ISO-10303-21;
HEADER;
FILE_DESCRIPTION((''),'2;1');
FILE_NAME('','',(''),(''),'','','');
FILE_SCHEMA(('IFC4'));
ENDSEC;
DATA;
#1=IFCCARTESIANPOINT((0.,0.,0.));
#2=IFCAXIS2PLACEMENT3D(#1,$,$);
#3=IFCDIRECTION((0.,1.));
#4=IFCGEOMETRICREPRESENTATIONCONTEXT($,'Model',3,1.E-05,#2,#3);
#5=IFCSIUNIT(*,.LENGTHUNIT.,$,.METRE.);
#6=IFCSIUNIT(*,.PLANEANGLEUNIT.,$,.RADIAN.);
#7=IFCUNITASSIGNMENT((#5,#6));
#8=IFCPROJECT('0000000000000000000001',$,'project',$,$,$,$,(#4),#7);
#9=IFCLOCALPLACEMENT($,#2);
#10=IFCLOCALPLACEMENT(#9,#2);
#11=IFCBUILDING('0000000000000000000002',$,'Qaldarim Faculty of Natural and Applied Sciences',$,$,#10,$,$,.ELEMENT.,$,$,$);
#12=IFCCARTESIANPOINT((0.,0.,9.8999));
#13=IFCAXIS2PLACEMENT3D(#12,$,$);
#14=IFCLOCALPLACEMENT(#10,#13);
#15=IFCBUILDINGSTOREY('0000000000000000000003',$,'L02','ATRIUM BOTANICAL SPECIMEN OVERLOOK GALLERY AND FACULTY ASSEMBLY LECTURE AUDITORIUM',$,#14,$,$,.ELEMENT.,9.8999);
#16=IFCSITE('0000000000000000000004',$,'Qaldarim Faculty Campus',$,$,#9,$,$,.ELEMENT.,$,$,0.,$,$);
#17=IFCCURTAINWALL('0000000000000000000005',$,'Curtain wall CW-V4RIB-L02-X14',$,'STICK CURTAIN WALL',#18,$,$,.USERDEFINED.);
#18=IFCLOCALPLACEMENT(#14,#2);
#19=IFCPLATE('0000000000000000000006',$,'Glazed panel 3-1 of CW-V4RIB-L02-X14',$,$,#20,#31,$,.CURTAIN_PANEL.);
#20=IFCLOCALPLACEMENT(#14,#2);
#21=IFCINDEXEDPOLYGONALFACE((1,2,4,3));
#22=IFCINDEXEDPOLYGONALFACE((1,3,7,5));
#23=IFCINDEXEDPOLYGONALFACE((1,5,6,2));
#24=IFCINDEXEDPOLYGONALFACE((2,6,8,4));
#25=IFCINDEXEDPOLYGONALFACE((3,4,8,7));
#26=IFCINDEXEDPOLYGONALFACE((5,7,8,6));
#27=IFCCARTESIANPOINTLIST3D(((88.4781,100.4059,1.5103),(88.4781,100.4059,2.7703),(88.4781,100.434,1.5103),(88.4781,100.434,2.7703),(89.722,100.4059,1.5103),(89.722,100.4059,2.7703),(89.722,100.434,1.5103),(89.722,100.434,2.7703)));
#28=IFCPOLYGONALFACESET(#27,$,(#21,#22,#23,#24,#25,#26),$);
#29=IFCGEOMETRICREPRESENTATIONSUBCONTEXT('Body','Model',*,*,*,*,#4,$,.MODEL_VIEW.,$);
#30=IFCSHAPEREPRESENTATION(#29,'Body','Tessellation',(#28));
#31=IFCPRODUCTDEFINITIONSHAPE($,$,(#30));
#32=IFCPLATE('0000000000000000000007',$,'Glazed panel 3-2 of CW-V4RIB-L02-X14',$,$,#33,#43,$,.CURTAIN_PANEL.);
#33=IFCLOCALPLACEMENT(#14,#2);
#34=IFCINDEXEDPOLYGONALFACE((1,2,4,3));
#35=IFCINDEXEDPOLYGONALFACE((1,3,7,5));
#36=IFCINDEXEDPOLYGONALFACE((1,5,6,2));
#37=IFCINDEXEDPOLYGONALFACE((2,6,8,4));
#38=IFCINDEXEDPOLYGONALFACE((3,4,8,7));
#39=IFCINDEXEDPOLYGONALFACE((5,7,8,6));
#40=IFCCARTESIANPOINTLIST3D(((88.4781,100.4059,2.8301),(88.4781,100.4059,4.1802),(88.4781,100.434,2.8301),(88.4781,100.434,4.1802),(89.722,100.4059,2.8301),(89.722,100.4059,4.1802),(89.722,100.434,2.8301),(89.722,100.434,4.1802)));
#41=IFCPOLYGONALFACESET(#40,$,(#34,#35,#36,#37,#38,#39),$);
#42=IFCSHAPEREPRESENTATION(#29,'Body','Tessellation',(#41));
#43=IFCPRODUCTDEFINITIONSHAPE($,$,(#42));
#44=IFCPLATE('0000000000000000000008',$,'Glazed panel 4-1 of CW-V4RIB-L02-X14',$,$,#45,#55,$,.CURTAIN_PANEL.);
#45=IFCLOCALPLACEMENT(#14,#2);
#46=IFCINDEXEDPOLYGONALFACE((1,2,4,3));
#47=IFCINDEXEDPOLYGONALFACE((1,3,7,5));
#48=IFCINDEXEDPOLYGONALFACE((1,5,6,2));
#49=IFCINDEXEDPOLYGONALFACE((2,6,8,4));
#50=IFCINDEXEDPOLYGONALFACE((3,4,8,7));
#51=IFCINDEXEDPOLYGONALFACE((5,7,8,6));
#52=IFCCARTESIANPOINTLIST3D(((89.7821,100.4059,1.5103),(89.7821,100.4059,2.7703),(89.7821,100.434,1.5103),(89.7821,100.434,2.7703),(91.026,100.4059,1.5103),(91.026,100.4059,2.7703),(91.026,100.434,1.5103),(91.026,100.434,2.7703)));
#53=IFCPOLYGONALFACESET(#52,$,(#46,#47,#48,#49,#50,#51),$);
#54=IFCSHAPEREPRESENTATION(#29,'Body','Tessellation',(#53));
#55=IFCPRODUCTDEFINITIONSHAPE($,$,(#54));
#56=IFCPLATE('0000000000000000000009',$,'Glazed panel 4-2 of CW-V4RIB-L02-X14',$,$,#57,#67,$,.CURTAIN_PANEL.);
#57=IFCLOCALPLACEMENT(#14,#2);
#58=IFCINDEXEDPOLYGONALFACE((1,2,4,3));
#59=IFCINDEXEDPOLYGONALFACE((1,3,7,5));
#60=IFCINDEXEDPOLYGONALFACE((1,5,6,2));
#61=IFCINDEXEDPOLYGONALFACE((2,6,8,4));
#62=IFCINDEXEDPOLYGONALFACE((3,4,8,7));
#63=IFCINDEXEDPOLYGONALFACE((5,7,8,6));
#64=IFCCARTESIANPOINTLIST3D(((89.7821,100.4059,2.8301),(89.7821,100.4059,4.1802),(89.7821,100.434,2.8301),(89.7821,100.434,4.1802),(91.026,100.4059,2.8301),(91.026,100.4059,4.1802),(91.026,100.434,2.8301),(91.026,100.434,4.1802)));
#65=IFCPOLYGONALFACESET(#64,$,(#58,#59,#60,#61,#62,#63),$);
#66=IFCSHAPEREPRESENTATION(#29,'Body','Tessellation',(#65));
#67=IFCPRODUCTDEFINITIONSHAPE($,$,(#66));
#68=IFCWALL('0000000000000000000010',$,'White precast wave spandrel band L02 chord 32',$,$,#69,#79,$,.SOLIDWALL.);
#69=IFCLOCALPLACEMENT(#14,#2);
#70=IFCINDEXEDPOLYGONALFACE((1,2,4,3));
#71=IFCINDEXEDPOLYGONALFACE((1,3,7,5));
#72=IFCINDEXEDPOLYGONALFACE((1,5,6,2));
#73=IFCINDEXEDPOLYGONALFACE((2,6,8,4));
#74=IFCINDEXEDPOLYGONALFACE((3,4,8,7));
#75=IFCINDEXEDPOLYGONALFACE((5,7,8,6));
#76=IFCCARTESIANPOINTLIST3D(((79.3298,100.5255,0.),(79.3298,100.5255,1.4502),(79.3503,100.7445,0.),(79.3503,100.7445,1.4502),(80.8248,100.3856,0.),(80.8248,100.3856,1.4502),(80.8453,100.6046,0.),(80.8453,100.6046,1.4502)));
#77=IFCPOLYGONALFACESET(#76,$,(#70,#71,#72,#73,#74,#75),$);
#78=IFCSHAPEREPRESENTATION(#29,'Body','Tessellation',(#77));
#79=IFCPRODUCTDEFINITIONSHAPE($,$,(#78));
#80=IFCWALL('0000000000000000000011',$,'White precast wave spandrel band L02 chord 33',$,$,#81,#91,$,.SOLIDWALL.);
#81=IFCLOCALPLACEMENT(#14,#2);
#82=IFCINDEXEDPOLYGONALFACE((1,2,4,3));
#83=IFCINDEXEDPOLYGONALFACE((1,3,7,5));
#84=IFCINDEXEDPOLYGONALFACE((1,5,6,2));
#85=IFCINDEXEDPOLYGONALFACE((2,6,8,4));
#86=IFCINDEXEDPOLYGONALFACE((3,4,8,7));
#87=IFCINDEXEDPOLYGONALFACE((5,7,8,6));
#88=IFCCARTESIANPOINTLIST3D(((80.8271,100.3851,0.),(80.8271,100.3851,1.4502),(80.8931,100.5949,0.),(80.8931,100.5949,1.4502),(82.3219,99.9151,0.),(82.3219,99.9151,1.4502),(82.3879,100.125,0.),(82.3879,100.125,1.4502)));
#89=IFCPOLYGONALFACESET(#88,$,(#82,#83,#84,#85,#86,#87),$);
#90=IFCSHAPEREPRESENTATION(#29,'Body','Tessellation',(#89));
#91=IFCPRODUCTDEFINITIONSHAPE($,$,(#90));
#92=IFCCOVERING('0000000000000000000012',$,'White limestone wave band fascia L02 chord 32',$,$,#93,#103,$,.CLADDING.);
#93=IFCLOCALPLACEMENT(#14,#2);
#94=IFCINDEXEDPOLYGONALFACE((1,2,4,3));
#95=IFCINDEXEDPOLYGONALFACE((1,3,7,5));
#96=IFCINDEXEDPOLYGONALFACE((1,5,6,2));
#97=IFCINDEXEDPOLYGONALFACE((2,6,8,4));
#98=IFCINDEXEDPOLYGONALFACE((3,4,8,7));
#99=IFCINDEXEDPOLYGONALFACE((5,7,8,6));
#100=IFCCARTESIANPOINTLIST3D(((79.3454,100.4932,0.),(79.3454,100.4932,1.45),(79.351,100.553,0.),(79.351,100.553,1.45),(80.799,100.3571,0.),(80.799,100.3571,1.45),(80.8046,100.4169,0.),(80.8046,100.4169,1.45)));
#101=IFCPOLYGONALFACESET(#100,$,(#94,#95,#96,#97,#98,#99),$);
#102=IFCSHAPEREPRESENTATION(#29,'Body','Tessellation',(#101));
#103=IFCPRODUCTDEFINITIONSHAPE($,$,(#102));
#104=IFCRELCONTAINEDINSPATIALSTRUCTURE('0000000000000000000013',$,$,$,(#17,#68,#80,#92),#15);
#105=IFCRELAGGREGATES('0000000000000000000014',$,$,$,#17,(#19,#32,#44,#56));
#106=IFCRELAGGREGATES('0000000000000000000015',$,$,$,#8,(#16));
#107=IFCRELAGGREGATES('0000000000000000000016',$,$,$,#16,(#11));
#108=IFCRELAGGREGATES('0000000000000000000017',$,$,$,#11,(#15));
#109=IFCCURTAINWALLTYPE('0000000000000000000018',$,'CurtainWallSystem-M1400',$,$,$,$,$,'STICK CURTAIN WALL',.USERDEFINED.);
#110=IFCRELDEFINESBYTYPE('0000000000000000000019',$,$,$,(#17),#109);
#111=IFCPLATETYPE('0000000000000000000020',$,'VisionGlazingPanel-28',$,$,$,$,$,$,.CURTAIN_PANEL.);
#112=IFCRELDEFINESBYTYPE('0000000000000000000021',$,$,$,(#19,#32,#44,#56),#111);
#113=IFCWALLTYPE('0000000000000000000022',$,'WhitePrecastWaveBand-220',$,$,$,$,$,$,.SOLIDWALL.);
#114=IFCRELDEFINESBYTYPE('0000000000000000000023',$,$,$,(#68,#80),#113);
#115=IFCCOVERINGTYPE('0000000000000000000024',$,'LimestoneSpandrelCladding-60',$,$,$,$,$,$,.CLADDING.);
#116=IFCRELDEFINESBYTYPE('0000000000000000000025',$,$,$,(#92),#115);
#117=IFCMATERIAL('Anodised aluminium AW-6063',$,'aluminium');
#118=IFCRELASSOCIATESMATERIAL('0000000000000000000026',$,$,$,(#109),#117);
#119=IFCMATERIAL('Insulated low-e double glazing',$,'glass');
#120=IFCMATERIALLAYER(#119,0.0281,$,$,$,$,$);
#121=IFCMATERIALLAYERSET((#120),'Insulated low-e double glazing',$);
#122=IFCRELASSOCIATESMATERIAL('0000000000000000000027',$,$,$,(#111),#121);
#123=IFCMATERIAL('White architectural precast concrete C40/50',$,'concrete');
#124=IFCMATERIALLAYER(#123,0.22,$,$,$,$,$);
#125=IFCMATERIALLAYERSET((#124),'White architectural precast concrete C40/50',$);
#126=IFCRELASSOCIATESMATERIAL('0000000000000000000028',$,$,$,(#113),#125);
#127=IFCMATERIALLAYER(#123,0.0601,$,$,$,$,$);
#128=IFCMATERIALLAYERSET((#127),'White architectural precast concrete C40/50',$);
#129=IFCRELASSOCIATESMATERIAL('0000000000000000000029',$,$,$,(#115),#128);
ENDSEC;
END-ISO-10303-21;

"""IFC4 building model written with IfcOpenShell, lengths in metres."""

from ifc_helpers import new_model, si_unit, direction, frame, frame_2d, origin, origin_2d, place, context, subcontext, project, spatial, rectangle, extrude, material, layer, layer_set, type_object, element, aggregate, save


model = new_model("IFC4")

# Units and contexts
model_context = context("Model", 3, precision=1e-05, world=origin(), true_north=direction((0.0, 1.0)))
body_context = subcontext(model_context, "Body", "Model", "MODEL_VIEW")
ifc_project = project(units=[si_unit("LENGTHUNIT", "METRE"), si_unit("PLANEANGLEUNIT", "RADIAN")], contexts=[model_context])

# Site, building, storey
site_placement = place(None, origin())
site = spatial("IfcSite", under=ifc_project, at=site_placement, Name="Qaldarim Faculty Campus", CompositionType="ELEMENT", RefElevation=0.0)
building_placement = place(site_placement, origin())
building = spatial("IfcBuilding", under=site, at=building_placement, Name="Qaldarim Faculty of Natural and Applied Sciences", CompositionType="ELEMENT")
storey_placement = place(building_placement, frame((0.0, 0.0, 9.8999)))
storey = spatial("IfcBuildingStorey", under=building, at=storey_placement, Name="L02", Description="ATRIUM BOTANICAL SPECIMEN OVERLOOK GALLERY AND FACULTY ASSEMBLY LECTURE AUDITORIUM", CompositionType="ELEMENT", Elevation=9.8999)

# Curtain wall
ifc_material_1 = material(Name="Anodised aluminium AW-6063", Category="aluminium")
curtain_wall_type = type_object("IfcCurtainWallType", Name="CurtainWallSystem-M1400", ElementType="STICK CURTAIN WALL", PredefinedType="USERDEFINED", material=ifc_material_1)
curtain_wall_placement = place(storey_placement, origin())
curtain_wall = element("IfcCurtainWall", 1, at=curtain_wall_placement, inside=storey, type_object=curtain_wall_type, Name="Curtain wall CW-V4RIB-L02-X14", ObjectType="STICK CURTAIN WALL", PredefinedType="USERDEFINED")

# Plates
ifc_material_2 = material(Name="Insulated low-e double glazing", Category="glass")
ifc_layer_1 = layer(ifc_material_2, 0.0281)
ifc_layer_set_1 = layer_set([ifc_layer_1], Name="Insulated low-e double glazing")
plate_type = type_object("IfcPlateType", Name="VisionGlazingPanel-28", PredefinedType="CURTAIN_PANEL", material=ifc_layer_set_1)
plate_1_placement = place(storey_placement, frame((89.1001, 100.4199, 1.5103), z_axis=(0.0, 0.0, 1.0), x_axis=(1.0, 0.0, 0.0)))
plate_1 = element("IfcPlate", 2, at=plate_1_placement, type_object=plate_type, Name="Glazed panel 3-1 of CW-V4RIB-L02-X14", PredefinedType="CURTAIN_PANEL", context=body_context, shape_type="SweptSolid", body=[
    extrude(rectangle(XDim=1.2439, YDim=0.0281, at=origin_2d()), origin(), (0.0, 0.0, 1.0), 1.26),
])
plate_2_placement = place(storey_placement, frame((89.1001, 100.4199, 2.8301), z_axis=(0.0, 0.0, 1.0), x_axis=(1.0, 0.0, 0.0)))
plate_2 = element("IfcPlate", 3, at=plate_2_placement, type_object=plate_type, Name="Glazed panel 3-2 of CW-V4RIB-L02-X14", PredefinedType="CURTAIN_PANEL", context=body_context, shape_type="SweptSolid", body=[
    extrude(rectangle(XDim=1.2439, YDim=0.0281, at=origin_2d()), origin(), (0.0, 0.0, 1.0), 1.3501),
])
plate_3_placement = place(storey_placement, frame((90.4041, 100.4199, 1.5103), z_axis=(0.0, 0.0, 1.0), x_axis=(1.0, 0.0, 0.0)))
plate_3 = element("IfcPlate", 4, at=plate_3_placement, type_object=plate_type, Name="Glazed panel 4-1 of CW-V4RIB-L02-X14", PredefinedType="CURTAIN_PANEL", context=body_context, shape_type="SweptSolid", body=[
    extrude(rectangle(XDim=1.2439, YDim=0.0281, at=origin_2d()), origin(), (0.0, 0.0, 1.0), 1.26),
])
plate_4_placement = place(storey_placement, frame((90.4041, 100.4199, 2.8301), z_axis=(0.0, 0.0, 1.0), x_axis=(1.0, 0.0, 0.0)))
plate_4 = element("IfcPlate", 5, at=plate_4_placement, type_object=plate_type, Name="Glazed panel 4-2 of CW-V4RIB-L02-X14", PredefinedType="CURTAIN_PANEL", context=body_context, shape_type="SweptSolid", body=[
    extrude(rectangle(XDim=1.2439, YDim=0.0281, at=origin_2d()), origin(), (0.0, 0.0, 1.0), 1.3501),
])
aggregate(curtain_wall, [plate_1, plate_2, plate_3, plate_4])

# Walls
ifc_material_3 = material(Name="White architectural precast concrete C40/50", Category="concrete")
ifc_layer_2 = layer(ifc_material_3, 0.22)
ifc_layer_set_2 = layer_set([ifc_layer_2], Name="White architectural precast concrete C40/50")
wall_type = type_object("IfcWallType", Name="WhitePrecastWaveBand-220", PredefinedType="SOLIDWALL", material=ifc_layer_set_2)
wall_1_placement = place(storey_placement, frame((79.3401, 100.635, 0.0), z_axis=(0.0, 0.0, 1.0), x_axis=(0.99565, -0.093174, 0.0)))
element("IfcWall", 6, at=wall_1_placement, inside=storey, type_object=wall_type, Name="White precast wave spandrel band L02 chord 32", PredefinedType="SOLIDWALL", context=body_context, shape_type="SweptSolid", body=[
    extrude(rectangle(XDim=1.5015, YDim=0.22, at=frame_2d((0.7507, 0.0))), origin(), (0.0, 0.0, 1.0), 1.4502),
])
wall_2_placement = place(storey_placement, frame((80.8601, 100.49, 0.0), z_axis=(0.0, 0.0, 1.0), x_axis=(0.953966, -0.299916, 0.0)))
element("IfcWall", 7, at=wall_2_placement, inside=storey, type_object=wall_type, Name="White precast wave spandrel band L02 chord 33", PredefinedType="SOLIDWALL", context=body_context, shape_type="SweptSolid", body=[
    extrude(rectangle(XDim=1.5669, YDim=0.22, at=frame_2d((0.7834, 0.0))), origin(), (0.0, 0.0, 1.0), 1.4502),
])

# Covering
ifc_layer_3 = layer(ifc_material_3, 0.0601)
ifc_layer_set_3 = layer_set([ifc_layer_3], Name="White architectural precast concrete C40/50")
covering_type = type_object("IfcCoveringType", Name="LimestoneSpandrelCladding-60", PredefinedType="CLADDING", material=ifc_layer_set_3)
covering_placement = place(storey_placement, frame((80.075, 100.4551, 0.0), z_axis=(0.0, 0.0, 1.0), x_axis=(0.995644, -0.093239, 0.0)))
element("IfcCovering", 8, at=covering_placement, inside=storey, type_object=covering_type, Name="White limestone wave band fascia L02 chord 32", PredefinedType="CLADDING", context=body_context, shape_type="SweptSolid", body=[
    extrude(rectangle(XDim=1.46, YDim=0.0601, at=origin_2d()), origin(), (0.0, 0.0, 1.0), 1.45),
])

save(model, "model.ifc")
